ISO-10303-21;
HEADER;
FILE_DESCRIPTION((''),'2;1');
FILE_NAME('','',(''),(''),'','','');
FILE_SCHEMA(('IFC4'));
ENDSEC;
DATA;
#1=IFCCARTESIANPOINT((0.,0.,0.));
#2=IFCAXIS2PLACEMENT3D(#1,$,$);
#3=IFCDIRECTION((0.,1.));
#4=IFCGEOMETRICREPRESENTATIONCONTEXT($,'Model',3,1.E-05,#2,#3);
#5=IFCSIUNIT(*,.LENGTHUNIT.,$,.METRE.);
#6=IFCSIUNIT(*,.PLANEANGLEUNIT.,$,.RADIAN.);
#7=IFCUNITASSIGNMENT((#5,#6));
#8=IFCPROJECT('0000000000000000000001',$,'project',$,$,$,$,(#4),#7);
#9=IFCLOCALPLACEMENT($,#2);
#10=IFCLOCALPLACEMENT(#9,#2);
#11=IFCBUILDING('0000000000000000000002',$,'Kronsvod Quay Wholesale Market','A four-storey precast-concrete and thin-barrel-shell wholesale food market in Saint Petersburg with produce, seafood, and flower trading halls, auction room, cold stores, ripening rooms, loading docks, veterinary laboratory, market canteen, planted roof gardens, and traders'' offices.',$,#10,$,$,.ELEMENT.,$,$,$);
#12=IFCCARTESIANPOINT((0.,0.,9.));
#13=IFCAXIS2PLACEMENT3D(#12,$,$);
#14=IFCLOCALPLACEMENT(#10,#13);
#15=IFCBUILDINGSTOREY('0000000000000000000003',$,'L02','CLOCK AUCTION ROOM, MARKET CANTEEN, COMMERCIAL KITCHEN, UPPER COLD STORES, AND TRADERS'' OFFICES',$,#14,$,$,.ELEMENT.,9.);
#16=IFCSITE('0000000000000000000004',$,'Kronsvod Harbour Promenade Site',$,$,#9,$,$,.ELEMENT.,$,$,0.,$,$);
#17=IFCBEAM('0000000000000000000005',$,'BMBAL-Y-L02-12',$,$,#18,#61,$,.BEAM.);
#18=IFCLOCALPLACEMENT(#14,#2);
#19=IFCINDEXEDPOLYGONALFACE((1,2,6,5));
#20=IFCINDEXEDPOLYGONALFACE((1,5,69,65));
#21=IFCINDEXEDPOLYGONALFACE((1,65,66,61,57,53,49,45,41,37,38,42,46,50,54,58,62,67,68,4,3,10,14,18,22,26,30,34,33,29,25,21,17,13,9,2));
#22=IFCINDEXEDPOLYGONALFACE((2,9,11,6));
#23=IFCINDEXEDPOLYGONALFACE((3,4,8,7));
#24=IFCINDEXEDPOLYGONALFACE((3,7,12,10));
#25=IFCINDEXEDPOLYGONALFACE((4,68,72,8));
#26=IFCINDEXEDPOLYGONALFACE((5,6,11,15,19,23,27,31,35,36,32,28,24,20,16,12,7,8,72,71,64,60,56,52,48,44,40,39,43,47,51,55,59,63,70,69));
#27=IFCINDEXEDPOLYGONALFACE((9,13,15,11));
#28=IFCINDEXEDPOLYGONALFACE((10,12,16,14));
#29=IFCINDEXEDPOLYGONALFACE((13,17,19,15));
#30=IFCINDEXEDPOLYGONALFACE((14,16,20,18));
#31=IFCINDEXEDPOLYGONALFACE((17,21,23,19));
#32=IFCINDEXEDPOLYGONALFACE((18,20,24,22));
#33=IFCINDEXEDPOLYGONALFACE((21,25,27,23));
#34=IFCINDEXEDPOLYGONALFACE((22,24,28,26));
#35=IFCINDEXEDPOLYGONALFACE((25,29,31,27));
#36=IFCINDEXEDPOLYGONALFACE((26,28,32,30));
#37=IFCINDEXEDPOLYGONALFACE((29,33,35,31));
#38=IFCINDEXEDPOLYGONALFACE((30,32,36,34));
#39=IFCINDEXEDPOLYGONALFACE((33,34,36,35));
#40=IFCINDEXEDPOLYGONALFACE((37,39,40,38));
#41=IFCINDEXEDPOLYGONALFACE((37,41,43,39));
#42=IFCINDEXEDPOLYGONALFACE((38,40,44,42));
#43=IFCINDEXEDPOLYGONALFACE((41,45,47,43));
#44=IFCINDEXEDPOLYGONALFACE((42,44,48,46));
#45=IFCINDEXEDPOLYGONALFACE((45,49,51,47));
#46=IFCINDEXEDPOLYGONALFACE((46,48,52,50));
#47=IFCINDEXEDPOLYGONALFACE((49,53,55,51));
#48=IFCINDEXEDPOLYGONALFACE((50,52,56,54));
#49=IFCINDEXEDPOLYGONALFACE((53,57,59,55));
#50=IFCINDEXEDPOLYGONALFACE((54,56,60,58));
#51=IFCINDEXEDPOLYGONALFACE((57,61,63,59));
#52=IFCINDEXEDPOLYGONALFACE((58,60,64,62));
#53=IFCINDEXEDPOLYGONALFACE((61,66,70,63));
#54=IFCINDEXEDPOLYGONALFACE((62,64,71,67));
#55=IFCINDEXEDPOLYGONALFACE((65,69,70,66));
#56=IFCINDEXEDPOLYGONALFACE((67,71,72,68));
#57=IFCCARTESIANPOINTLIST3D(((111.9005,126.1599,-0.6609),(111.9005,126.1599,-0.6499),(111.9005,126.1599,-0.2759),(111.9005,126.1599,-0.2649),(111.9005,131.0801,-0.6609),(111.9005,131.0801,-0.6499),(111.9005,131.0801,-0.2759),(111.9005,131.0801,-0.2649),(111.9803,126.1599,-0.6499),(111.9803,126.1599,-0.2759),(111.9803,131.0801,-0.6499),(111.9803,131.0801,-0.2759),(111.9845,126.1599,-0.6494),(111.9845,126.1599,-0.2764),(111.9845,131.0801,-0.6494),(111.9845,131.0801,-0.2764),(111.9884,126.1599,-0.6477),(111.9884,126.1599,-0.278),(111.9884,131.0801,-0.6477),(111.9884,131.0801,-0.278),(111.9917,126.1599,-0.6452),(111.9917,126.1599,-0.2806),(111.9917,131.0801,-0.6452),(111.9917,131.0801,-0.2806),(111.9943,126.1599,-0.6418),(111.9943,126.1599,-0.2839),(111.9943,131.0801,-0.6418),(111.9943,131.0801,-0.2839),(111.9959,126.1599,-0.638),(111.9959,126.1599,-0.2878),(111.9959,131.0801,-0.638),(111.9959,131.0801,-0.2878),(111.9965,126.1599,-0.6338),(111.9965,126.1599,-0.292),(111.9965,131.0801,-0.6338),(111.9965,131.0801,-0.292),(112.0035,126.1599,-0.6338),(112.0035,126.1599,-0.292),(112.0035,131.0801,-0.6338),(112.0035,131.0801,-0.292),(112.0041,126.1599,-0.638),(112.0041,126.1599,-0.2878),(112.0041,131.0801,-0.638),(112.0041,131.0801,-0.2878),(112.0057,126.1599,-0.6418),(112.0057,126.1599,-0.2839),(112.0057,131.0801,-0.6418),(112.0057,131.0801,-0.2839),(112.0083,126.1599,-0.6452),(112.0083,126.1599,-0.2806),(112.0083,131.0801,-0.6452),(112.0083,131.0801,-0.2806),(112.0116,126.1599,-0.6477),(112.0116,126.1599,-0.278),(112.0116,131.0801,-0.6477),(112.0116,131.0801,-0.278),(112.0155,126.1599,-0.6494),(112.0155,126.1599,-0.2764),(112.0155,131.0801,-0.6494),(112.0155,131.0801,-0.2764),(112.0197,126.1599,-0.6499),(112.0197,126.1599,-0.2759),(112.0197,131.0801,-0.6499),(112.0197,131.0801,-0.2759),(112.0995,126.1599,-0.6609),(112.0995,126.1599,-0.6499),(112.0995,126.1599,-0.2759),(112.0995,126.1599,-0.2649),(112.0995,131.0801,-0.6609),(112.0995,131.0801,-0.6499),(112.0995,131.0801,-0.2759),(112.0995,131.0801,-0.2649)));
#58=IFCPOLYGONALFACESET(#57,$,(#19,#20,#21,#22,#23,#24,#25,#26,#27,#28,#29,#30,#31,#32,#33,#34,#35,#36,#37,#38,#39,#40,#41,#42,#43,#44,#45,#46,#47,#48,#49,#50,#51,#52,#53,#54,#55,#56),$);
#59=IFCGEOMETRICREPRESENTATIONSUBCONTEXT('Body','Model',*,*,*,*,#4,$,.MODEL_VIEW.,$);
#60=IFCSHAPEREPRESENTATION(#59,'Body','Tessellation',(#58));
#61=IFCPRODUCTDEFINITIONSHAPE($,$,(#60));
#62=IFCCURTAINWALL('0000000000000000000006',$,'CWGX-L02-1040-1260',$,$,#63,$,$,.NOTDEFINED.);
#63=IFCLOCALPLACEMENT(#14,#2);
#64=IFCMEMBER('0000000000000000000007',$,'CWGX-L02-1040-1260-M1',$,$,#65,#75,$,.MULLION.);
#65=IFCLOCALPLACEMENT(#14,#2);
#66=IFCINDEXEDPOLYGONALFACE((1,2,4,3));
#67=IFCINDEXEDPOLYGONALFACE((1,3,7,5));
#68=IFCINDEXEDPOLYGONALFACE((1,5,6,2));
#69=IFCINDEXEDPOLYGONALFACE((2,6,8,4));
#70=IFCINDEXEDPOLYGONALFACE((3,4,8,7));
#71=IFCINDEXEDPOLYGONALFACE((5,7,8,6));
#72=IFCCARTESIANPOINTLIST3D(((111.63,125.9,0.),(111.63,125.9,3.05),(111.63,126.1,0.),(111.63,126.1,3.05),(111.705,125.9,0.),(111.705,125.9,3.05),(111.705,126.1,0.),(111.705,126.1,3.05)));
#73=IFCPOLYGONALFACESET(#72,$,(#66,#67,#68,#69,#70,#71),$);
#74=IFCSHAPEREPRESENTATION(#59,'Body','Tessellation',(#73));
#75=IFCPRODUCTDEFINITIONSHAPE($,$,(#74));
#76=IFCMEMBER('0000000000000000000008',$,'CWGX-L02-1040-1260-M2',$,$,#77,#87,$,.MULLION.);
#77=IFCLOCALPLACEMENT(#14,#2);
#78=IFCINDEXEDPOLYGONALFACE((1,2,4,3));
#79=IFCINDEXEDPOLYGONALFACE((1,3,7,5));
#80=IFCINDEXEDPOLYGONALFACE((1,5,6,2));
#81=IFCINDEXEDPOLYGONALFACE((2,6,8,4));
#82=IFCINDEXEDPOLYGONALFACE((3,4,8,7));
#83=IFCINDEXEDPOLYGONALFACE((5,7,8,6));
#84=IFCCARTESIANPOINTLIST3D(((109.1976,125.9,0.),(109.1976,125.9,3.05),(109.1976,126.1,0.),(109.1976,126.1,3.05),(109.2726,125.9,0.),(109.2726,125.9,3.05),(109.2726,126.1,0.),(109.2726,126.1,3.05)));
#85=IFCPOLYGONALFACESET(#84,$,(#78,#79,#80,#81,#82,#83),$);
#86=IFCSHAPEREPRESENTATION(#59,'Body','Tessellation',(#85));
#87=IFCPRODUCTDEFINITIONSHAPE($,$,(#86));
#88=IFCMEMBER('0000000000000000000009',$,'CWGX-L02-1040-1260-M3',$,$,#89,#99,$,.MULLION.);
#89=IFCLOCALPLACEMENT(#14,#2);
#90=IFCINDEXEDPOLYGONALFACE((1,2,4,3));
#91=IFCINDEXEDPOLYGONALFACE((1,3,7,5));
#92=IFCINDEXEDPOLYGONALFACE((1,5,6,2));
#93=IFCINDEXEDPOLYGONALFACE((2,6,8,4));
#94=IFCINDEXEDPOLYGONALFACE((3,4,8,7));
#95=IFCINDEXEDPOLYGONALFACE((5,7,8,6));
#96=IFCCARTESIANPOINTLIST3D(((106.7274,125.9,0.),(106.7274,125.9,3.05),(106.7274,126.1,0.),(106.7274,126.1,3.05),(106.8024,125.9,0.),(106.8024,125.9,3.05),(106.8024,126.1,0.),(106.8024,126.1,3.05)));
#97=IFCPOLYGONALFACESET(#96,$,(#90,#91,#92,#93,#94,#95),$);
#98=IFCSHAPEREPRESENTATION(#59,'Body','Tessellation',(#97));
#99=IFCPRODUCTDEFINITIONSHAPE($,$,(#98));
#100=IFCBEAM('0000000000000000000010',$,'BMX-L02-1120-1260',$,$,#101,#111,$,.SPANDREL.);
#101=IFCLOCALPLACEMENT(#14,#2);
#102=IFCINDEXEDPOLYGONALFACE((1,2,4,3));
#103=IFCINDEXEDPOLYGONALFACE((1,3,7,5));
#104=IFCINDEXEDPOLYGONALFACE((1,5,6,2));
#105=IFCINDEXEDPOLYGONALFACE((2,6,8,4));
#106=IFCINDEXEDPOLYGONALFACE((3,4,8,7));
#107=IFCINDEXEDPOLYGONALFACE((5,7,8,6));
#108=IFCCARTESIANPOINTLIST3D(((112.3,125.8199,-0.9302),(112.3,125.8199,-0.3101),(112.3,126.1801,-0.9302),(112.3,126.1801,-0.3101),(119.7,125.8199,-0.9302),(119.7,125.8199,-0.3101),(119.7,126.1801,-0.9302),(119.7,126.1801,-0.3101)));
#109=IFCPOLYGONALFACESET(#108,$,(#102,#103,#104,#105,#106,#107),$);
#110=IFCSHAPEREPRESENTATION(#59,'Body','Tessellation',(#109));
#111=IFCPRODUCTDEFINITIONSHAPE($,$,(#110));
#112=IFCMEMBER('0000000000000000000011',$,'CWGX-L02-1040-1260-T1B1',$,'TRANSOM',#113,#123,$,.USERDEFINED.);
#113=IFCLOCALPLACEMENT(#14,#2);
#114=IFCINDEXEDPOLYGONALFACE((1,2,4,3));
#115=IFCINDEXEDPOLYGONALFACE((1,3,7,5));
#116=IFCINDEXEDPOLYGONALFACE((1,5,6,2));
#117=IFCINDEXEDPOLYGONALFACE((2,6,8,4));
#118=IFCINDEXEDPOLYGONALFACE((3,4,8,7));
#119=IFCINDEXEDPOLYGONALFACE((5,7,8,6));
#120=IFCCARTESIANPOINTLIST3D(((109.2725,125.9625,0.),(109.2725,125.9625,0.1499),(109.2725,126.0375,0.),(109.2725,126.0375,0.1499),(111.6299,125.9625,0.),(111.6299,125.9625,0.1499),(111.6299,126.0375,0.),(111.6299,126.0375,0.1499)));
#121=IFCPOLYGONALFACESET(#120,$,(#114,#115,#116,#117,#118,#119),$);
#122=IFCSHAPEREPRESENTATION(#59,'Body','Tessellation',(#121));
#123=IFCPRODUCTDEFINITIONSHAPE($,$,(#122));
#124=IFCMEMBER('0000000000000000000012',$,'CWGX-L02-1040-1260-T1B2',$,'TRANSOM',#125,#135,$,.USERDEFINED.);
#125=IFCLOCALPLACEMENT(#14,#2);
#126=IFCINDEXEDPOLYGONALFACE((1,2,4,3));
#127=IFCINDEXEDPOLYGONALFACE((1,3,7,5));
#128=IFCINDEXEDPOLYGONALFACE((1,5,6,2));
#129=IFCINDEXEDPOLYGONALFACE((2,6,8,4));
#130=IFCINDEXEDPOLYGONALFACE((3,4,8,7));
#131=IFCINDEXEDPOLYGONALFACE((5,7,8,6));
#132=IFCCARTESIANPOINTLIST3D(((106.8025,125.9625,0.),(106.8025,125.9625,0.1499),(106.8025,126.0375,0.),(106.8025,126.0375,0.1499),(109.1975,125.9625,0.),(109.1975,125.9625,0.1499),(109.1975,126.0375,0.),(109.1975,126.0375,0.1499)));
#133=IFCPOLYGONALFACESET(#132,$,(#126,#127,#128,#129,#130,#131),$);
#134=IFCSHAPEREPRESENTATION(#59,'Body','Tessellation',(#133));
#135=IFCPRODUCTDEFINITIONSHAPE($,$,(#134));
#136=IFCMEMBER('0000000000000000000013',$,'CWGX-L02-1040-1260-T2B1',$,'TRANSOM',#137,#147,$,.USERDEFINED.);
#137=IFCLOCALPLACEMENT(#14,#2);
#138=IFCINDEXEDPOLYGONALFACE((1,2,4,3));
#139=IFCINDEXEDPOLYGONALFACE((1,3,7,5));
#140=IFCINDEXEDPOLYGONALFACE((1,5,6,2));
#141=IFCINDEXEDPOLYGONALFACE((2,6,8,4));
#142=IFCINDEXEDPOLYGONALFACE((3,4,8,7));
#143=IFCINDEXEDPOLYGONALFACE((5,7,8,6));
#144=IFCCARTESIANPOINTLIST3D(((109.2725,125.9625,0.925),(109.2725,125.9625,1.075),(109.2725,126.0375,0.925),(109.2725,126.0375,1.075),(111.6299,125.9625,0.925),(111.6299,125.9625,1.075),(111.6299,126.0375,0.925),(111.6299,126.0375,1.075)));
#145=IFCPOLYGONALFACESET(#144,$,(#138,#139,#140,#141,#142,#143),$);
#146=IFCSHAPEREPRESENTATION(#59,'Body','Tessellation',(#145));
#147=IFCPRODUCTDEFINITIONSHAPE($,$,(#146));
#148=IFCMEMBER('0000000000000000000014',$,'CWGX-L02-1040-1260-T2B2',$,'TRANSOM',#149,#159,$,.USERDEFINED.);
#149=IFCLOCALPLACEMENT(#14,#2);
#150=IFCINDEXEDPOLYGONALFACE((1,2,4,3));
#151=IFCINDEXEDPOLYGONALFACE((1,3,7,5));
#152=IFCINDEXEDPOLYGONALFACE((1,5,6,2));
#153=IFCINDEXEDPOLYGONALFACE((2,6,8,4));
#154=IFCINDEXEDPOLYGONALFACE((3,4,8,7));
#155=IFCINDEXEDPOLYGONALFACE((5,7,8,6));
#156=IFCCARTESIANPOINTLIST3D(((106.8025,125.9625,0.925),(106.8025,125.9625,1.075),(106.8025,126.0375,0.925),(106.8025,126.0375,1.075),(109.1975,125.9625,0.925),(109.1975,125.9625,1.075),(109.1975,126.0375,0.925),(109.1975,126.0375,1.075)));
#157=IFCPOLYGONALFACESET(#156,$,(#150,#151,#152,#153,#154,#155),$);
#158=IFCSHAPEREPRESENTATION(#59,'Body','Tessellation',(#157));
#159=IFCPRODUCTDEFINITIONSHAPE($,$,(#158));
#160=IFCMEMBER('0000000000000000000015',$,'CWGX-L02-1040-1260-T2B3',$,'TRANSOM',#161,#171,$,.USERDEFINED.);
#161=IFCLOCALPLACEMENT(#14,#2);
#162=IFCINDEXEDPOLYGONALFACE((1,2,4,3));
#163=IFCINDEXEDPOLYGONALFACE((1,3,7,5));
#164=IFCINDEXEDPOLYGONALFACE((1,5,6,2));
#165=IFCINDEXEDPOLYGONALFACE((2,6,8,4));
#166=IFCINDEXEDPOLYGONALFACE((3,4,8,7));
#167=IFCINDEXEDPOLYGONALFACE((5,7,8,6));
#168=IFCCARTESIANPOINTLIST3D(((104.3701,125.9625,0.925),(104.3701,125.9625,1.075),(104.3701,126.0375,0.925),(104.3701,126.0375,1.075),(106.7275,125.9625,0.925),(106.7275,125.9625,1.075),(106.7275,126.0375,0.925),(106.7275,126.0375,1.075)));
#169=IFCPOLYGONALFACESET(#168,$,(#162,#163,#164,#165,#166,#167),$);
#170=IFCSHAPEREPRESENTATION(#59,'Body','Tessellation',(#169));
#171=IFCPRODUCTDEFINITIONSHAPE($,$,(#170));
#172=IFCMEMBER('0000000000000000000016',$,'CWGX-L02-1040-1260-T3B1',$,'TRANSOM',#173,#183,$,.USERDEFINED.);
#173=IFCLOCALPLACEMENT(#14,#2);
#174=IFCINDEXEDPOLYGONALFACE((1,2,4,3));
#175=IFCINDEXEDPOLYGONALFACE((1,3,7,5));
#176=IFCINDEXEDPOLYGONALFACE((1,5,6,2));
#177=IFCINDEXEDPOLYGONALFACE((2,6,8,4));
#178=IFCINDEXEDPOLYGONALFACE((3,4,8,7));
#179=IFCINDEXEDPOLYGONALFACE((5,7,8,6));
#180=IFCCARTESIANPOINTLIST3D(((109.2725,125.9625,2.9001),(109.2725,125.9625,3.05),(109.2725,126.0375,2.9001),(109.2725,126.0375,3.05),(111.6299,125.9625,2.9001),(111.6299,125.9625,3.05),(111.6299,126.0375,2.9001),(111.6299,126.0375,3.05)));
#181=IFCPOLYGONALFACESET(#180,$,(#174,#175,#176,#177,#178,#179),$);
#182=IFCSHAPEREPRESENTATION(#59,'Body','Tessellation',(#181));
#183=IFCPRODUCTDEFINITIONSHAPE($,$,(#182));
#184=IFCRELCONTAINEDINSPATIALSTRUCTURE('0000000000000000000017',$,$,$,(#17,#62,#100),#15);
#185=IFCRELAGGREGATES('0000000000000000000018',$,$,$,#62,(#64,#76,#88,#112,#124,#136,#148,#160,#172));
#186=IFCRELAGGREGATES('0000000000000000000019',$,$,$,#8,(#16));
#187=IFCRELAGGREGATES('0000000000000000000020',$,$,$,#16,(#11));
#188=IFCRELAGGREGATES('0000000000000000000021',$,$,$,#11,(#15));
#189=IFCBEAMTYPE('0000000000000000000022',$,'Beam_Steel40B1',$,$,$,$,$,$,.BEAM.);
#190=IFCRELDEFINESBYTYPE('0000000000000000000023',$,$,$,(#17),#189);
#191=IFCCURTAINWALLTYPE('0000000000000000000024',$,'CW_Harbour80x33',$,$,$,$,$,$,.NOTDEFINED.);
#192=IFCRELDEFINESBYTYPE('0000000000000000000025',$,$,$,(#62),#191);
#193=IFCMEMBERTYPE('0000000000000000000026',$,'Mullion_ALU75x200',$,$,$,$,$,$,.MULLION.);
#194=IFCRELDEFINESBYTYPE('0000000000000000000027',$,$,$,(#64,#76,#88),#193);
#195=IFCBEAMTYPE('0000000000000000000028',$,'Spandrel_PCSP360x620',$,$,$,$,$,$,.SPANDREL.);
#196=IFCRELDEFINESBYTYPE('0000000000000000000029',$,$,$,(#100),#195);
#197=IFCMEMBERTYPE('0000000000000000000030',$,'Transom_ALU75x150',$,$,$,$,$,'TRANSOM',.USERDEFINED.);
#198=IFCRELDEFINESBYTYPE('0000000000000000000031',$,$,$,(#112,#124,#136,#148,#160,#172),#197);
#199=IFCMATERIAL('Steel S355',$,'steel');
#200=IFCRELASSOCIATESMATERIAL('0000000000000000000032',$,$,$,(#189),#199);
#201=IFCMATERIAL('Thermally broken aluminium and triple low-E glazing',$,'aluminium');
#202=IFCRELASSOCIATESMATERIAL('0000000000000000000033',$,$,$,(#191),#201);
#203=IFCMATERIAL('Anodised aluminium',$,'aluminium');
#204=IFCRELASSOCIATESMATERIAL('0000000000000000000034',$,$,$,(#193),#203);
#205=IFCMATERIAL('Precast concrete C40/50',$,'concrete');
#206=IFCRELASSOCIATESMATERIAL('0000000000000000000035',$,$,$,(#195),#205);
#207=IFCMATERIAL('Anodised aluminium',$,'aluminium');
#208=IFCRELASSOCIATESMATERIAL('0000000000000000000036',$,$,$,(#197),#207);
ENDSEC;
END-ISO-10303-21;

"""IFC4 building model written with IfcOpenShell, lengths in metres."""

from ifc_helpers import new_model, si_unit, direction, frame, origin, origin_2d, place, context, subcontext, project, spatial, rectangle, i_section, extrude, material, material_profile, profile_set, type_object, element, aggregate, save


model = new_model("IFC4")

# Units and contexts
model_context = context("Model", 3, precision=1e-05, world=origin(), true_north=direction((0.0, 1.0)))
body_context = subcontext(model_context, "Body", "Model", "MODEL_VIEW")
ifc_project = project(units=[si_unit("LENGTHUNIT", "METRE"), si_unit("PLANEANGLEUNIT", "RADIAN")], contexts=[model_context])

# Site, building, storey
site_placement = place(None, origin())
site = spatial("IfcSite", under=ifc_project, at=site_placement, Name="Kronsvod Harbour Promenade Site", CompositionType="ELEMENT", RefElevation=0.0)
building_placement = place(site_placement, origin())
building = spatial("IfcBuilding", under=site, at=building_placement, Name="Kronsvod Quay Wholesale Market", Description="A four-storey precast-concrete and thin-barrel-shell wholesale food market in Saint Petersburg with produce, seafood, and flower trading halls, auction room, cold stores, ripening rooms, loading docks, veterinary laboratory, market canteen, planted roof gardens, and traders' offices.", CompositionType="ELEMENT")
storey_placement = place(building_placement, frame((0.0, 0.0, 9.0)))
storey = spatial("IfcBuildingStorey", under=building, at=storey_placement, Name="L02", Description="CLOCK AUCTION ROOM, MARKET CANTEEN, COMMERCIAL KITCHEN, UPPER COLD STORES, AND TRADERS' OFFICES", CompositionType="ELEMENT", Elevation=9.0)

# Beam
ifc_material_1 = material(Name="Steel S355", Category="steel")
ifc_material_profile_1 = material_profile(ifc_material_1, i_section(OverallWidth=0.199, OverallDepth=0.396, WebThickness=0.0071, FlangeThickness=0.011, FilletRadius=0.0161, at=origin_2d()), Name="40B1")
ifc_profile_set_1 = profile_set([ifc_material_profile_1], Name="Steel S355")
beam_type_1 = type_object("IfcBeamType", Name="Beam_Steel40B1", PredefinedType="BEAM", material=ifc_profile_set_1)
for number, where, z_axis, x_axis, name in (
    (1, (112.0, 126.1599, -0.4629), (0.0, 1.0, 0.0), (-1.0, 0.0, 0.0), "BMBAL-Y-L02-12"),
):
    element("IfcBeam", number, at=place(storey_placement, frame(where, z_axis=z_axis, x_axis=x_axis)), inside=storey, type_object=beam_type_1, Name=name, PredefinedType="BEAM", context=body_context, shape_type="SweptSolid", body=[
        extrude(i_section(OverallWidth=0.199, OverallDepth=0.396, WebThickness=0.0071, FlangeThickness=0.011, FilletRadius=0.0161, at=origin_2d()), origin(), (0.0, 0.0, 1.0), 4.9202),
    ])

# Curtain wall, members
ifc_material_2 = material(Name="Thermally broken aluminium and triple low-E glazing", Category="aluminium")
curtain_wall_type = type_object("IfcCurtainWallType", Name="CW_Harbour80x33", PredefinedType="NOTDEFINED", material=ifc_material_2)
curtain_wall_placement = place(storey_placement, origin())
curtain_wall = element("IfcCurtainWall", 2, at=curtain_wall_placement, inside=storey, type_object=curtain_wall_type, Name="CWGX-L02-1040-1260", PredefinedType="NOTDEFINED")
ifc_material_3 = material(Name="Anodised aluminium", Category="aluminium")
ifc_material_profile_2 = material_profile(ifc_material_3, rectangle(XDim=0.075, YDim=0.2, at=origin_2d()), Name="ALUM75x200")
ifc_profile_set_2 = profile_set([ifc_material_profile_2], Name="Anodised aluminium")
member_type_1 = type_object("IfcMemberType", Name="Mullion_ALU75x200", PredefinedType="MULLION", material=ifc_profile_set_2)
member_1_placement = place(storey_placement, frame((111.6675, 126.0, 0.0), z_axis=(0.0, 0.0, 1.0), x_axis=(1.0, 0.0, 0.0)))
member_1 = element("IfcMember", 3, at=member_1_placement, type_object=member_type_1, Name="CWGX-L02-1040-1260-M1", PredefinedType="MULLION", context=body_context, shape_type="SweptSolid", body=[
    extrude(rectangle(XDim=0.075, YDim=0.2, at=origin_2d()), origin(), (0.0, 0.0, 1.0), 3.05),
])
member_2_placement = place(storey_placement, frame((109.2351, 126.0, 0.0), z_axis=(0.0, 0.0, 1.0), x_axis=(1.0, 0.0, 0.0)))
member_2 = element("IfcMember", 4, at=member_2_placement, type_object=member_type_1, Name="CWGX-L02-1040-1260-M2", PredefinedType="MULLION", context=body_context, shape_type="SweptSolid", body=[
    extrude(rectangle(XDim=0.075, YDim=0.2, at=origin_2d()), origin(), (0.0, 0.0, 1.0), 3.05),
])
member_3_placement = place(storey_placement, frame((106.7649, 126.0, 0.0), z_axis=(0.0, 0.0, 1.0), x_axis=(1.0, 0.0, 0.0)))
member_3 = element("IfcMember", 5, at=member_3_placement, type_object=member_type_1, Name="CWGX-L02-1040-1260-M3", PredefinedType="MULLION", context=body_context, shape_type="SweptSolid", body=[
    extrude(rectangle(XDim=0.075, YDim=0.2, at=origin_2d()), origin(), (0.0, 0.0, 1.0), 3.05),
])

# Beam
ifc_material_4 = material(Name="Precast concrete C40/50", Category="concrete")
ifc_material_profile_3 = material_profile(ifc_material_4, rectangle(XDim=0.3601, YDim=0.6201, at=origin_2d()), Name="SPB-02")
ifc_profile_set_3 = profile_set([ifc_material_profile_3], Name="Precast concrete C40/50")
beam_type_2 = type_object("IfcBeamType", Name="Spandrel_PCSP360x620", PredefinedType="SPANDREL", material=ifc_profile_set_3)
beam_placement = place(storey_placement, frame((112.3, 126.0, -0.6201), z_axis=(1.0, 0.0, 0.0), x_axis=(0.0, 1.0, 0.0)))
element("IfcBeam", 6, at=beam_placement, inside=storey, type_object=beam_type_2, Name="BMX-L02-1120-1260", PredefinedType="SPANDREL", context=body_context, shape_type="SweptSolid", body=[
    extrude(rectangle(XDim=0.3601, YDim=0.6201, at=origin_2d()), origin(), (0.0, 0.0, 1.0), 7.3999),
])

# Members
ifc_material_5 = material(Name="Anodised aluminium", Category="aluminium")
ifc_material_profile_4 = material_profile(ifc_material_5, rectangle(XDim=0.075, YDim=0.1499, at=origin_2d()), Name="ALUT75x150")
ifc_profile_set_4 = profile_set([ifc_material_profile_4], Name="Anodised aluminium")
member_type_2 = type_object("IfcMemberType", Name="Transom_ALU75x150", ElementType="TRANSOM", PredefinedType="USERDEFINED", material=ifc_profile_set_4)
member_4_placement = place(storey_placement, frame((111.6299, 126.0, 0.075), z_axis=(-1.0, 0.0, 0.0), x_axis=(0.0, -1.0, 0.0)))
member_4 = element("IfcMember", 7, at=member_4_placement, type_object=member_type_2, Name="CWGX-L02-1040-1260-T1B1", ObjectType="TRANSOM", PredefinedType="USERDEFINED", context=body_context, shape_type="SweptSolid", body=[
    extrude(rectangle(XDim=0.075, YDim=0.1499, at=origin_2d()), origin(), (0.0, 0.0, 1.0), 2.3574),
])
member_5_placement = place(storey_placement, frame((109.1975, 126.0, 0.075), z_axis=(-1.0, 0.0, 0.0), x_axis=(0.0, -1.0, 0.0)))
member_5 = element("IfcMember", 8, at=member_5_placement, type_object=member_type_2, Name="CWGX-L02-1040-1260-T1B2", ObjectType="TRANSOM", PredefinedType="USERDEFINED", context=body_context, shape_type="SweptSolid", body=[
    extrude(rectangle(XDim=0.075, YDim=0.1499, at=origin_2d()), origin(), (0.0, 0.0, 1.0), 2.395),
])
member_6_placement = place(storey_placement, frame((111.6299, 126.0, 1.0), z_axis=(-1.0, 0.0, 0.0), x_axis=(0.0, -1.0, 0.0)))
member_6 = element("IfcMember", 9, at=member_6_placement, type_object=member_type_2, Name="CWGX-L02-1040-1260-T2B1", ObjectType="TRANSOM", PredefinedType="USERDEFINED", context=body_context, shape_type="SweptSolid", body=[
    extrude(rectangle(XDim=0.075, YDim=0.1499, at=origin_2d()), origin(), (0.0, 0.0, 1.0), 2.3574),
])
member_7_placement = place(storey_placement, frame((109.1975, 126.0, 1.0), z_axis=(-1.0, 0.0, 0.0), x_axis=(0.0, -1.0, 0.0)))
member_7 = element("IfcMember", 10, at=member_7_placement, type_object=member_type_2, Name="CWGX-L02-1040-1260-T2B2", ObjectType="TRANSOM", PredefinedType="USERDEFINED", context=body_context, shape_type="SweptSolid", body=[
    extrude(rectangle(XDim=0.075, YDim=0.1499, at=origin_2d()), origin(), (0.0, 0.0, 1.0), 2.395),
])
member_8_placement = place(storey_placement, frame((106.7275, 126.0, 1.0), z_axis=(-1.0, 0.0, 0.0), x_axis=(0.0, -1.0, 0.0)))
member_8 = element("IfcMember", 11, at=member_8_placement, type_object=member_type_2, Name="CWGX-L02-1040-1260-T2B3", ObjectType="TRANSOM", PredefinedType="USERDEFINED", context=body_context, shape_type="SweptSolid", body=[
    extrude(rectangle(XDim=0.075, YDim=0.1499, at=origin_2d()), origin(), (0.0, 0.0, 1.0), 2.3574),
])
member_9_placement = place(storey_placement, frame((111.6299, 126.0, 2.9751), z_axis=(-1.0, 0.0, 0.0), x_axis=(0.0, -1.0, 0.0)))
member_9 = element("IfcMember", 12, at=member_9_placement, type_object=member_type_2, Name="CWGX-L02-1040-1260-T3B1", ObjectType="TRANSOM", PredefinedType="USERDEFINED", context=body_context, shape_type="SweptSolid", body=[
    extrude(rectangle(XDim=0.075, YDim=0.1499, at=origin_2d()), origin(), (0.0, 0.0, 1.0), 2.3574),
])

aggregate(curtain_wall, [member_1, member_2, member_3, member_4, member_5, member_6, member_7, member_8, member_9])

save(model, "model.ifc")
